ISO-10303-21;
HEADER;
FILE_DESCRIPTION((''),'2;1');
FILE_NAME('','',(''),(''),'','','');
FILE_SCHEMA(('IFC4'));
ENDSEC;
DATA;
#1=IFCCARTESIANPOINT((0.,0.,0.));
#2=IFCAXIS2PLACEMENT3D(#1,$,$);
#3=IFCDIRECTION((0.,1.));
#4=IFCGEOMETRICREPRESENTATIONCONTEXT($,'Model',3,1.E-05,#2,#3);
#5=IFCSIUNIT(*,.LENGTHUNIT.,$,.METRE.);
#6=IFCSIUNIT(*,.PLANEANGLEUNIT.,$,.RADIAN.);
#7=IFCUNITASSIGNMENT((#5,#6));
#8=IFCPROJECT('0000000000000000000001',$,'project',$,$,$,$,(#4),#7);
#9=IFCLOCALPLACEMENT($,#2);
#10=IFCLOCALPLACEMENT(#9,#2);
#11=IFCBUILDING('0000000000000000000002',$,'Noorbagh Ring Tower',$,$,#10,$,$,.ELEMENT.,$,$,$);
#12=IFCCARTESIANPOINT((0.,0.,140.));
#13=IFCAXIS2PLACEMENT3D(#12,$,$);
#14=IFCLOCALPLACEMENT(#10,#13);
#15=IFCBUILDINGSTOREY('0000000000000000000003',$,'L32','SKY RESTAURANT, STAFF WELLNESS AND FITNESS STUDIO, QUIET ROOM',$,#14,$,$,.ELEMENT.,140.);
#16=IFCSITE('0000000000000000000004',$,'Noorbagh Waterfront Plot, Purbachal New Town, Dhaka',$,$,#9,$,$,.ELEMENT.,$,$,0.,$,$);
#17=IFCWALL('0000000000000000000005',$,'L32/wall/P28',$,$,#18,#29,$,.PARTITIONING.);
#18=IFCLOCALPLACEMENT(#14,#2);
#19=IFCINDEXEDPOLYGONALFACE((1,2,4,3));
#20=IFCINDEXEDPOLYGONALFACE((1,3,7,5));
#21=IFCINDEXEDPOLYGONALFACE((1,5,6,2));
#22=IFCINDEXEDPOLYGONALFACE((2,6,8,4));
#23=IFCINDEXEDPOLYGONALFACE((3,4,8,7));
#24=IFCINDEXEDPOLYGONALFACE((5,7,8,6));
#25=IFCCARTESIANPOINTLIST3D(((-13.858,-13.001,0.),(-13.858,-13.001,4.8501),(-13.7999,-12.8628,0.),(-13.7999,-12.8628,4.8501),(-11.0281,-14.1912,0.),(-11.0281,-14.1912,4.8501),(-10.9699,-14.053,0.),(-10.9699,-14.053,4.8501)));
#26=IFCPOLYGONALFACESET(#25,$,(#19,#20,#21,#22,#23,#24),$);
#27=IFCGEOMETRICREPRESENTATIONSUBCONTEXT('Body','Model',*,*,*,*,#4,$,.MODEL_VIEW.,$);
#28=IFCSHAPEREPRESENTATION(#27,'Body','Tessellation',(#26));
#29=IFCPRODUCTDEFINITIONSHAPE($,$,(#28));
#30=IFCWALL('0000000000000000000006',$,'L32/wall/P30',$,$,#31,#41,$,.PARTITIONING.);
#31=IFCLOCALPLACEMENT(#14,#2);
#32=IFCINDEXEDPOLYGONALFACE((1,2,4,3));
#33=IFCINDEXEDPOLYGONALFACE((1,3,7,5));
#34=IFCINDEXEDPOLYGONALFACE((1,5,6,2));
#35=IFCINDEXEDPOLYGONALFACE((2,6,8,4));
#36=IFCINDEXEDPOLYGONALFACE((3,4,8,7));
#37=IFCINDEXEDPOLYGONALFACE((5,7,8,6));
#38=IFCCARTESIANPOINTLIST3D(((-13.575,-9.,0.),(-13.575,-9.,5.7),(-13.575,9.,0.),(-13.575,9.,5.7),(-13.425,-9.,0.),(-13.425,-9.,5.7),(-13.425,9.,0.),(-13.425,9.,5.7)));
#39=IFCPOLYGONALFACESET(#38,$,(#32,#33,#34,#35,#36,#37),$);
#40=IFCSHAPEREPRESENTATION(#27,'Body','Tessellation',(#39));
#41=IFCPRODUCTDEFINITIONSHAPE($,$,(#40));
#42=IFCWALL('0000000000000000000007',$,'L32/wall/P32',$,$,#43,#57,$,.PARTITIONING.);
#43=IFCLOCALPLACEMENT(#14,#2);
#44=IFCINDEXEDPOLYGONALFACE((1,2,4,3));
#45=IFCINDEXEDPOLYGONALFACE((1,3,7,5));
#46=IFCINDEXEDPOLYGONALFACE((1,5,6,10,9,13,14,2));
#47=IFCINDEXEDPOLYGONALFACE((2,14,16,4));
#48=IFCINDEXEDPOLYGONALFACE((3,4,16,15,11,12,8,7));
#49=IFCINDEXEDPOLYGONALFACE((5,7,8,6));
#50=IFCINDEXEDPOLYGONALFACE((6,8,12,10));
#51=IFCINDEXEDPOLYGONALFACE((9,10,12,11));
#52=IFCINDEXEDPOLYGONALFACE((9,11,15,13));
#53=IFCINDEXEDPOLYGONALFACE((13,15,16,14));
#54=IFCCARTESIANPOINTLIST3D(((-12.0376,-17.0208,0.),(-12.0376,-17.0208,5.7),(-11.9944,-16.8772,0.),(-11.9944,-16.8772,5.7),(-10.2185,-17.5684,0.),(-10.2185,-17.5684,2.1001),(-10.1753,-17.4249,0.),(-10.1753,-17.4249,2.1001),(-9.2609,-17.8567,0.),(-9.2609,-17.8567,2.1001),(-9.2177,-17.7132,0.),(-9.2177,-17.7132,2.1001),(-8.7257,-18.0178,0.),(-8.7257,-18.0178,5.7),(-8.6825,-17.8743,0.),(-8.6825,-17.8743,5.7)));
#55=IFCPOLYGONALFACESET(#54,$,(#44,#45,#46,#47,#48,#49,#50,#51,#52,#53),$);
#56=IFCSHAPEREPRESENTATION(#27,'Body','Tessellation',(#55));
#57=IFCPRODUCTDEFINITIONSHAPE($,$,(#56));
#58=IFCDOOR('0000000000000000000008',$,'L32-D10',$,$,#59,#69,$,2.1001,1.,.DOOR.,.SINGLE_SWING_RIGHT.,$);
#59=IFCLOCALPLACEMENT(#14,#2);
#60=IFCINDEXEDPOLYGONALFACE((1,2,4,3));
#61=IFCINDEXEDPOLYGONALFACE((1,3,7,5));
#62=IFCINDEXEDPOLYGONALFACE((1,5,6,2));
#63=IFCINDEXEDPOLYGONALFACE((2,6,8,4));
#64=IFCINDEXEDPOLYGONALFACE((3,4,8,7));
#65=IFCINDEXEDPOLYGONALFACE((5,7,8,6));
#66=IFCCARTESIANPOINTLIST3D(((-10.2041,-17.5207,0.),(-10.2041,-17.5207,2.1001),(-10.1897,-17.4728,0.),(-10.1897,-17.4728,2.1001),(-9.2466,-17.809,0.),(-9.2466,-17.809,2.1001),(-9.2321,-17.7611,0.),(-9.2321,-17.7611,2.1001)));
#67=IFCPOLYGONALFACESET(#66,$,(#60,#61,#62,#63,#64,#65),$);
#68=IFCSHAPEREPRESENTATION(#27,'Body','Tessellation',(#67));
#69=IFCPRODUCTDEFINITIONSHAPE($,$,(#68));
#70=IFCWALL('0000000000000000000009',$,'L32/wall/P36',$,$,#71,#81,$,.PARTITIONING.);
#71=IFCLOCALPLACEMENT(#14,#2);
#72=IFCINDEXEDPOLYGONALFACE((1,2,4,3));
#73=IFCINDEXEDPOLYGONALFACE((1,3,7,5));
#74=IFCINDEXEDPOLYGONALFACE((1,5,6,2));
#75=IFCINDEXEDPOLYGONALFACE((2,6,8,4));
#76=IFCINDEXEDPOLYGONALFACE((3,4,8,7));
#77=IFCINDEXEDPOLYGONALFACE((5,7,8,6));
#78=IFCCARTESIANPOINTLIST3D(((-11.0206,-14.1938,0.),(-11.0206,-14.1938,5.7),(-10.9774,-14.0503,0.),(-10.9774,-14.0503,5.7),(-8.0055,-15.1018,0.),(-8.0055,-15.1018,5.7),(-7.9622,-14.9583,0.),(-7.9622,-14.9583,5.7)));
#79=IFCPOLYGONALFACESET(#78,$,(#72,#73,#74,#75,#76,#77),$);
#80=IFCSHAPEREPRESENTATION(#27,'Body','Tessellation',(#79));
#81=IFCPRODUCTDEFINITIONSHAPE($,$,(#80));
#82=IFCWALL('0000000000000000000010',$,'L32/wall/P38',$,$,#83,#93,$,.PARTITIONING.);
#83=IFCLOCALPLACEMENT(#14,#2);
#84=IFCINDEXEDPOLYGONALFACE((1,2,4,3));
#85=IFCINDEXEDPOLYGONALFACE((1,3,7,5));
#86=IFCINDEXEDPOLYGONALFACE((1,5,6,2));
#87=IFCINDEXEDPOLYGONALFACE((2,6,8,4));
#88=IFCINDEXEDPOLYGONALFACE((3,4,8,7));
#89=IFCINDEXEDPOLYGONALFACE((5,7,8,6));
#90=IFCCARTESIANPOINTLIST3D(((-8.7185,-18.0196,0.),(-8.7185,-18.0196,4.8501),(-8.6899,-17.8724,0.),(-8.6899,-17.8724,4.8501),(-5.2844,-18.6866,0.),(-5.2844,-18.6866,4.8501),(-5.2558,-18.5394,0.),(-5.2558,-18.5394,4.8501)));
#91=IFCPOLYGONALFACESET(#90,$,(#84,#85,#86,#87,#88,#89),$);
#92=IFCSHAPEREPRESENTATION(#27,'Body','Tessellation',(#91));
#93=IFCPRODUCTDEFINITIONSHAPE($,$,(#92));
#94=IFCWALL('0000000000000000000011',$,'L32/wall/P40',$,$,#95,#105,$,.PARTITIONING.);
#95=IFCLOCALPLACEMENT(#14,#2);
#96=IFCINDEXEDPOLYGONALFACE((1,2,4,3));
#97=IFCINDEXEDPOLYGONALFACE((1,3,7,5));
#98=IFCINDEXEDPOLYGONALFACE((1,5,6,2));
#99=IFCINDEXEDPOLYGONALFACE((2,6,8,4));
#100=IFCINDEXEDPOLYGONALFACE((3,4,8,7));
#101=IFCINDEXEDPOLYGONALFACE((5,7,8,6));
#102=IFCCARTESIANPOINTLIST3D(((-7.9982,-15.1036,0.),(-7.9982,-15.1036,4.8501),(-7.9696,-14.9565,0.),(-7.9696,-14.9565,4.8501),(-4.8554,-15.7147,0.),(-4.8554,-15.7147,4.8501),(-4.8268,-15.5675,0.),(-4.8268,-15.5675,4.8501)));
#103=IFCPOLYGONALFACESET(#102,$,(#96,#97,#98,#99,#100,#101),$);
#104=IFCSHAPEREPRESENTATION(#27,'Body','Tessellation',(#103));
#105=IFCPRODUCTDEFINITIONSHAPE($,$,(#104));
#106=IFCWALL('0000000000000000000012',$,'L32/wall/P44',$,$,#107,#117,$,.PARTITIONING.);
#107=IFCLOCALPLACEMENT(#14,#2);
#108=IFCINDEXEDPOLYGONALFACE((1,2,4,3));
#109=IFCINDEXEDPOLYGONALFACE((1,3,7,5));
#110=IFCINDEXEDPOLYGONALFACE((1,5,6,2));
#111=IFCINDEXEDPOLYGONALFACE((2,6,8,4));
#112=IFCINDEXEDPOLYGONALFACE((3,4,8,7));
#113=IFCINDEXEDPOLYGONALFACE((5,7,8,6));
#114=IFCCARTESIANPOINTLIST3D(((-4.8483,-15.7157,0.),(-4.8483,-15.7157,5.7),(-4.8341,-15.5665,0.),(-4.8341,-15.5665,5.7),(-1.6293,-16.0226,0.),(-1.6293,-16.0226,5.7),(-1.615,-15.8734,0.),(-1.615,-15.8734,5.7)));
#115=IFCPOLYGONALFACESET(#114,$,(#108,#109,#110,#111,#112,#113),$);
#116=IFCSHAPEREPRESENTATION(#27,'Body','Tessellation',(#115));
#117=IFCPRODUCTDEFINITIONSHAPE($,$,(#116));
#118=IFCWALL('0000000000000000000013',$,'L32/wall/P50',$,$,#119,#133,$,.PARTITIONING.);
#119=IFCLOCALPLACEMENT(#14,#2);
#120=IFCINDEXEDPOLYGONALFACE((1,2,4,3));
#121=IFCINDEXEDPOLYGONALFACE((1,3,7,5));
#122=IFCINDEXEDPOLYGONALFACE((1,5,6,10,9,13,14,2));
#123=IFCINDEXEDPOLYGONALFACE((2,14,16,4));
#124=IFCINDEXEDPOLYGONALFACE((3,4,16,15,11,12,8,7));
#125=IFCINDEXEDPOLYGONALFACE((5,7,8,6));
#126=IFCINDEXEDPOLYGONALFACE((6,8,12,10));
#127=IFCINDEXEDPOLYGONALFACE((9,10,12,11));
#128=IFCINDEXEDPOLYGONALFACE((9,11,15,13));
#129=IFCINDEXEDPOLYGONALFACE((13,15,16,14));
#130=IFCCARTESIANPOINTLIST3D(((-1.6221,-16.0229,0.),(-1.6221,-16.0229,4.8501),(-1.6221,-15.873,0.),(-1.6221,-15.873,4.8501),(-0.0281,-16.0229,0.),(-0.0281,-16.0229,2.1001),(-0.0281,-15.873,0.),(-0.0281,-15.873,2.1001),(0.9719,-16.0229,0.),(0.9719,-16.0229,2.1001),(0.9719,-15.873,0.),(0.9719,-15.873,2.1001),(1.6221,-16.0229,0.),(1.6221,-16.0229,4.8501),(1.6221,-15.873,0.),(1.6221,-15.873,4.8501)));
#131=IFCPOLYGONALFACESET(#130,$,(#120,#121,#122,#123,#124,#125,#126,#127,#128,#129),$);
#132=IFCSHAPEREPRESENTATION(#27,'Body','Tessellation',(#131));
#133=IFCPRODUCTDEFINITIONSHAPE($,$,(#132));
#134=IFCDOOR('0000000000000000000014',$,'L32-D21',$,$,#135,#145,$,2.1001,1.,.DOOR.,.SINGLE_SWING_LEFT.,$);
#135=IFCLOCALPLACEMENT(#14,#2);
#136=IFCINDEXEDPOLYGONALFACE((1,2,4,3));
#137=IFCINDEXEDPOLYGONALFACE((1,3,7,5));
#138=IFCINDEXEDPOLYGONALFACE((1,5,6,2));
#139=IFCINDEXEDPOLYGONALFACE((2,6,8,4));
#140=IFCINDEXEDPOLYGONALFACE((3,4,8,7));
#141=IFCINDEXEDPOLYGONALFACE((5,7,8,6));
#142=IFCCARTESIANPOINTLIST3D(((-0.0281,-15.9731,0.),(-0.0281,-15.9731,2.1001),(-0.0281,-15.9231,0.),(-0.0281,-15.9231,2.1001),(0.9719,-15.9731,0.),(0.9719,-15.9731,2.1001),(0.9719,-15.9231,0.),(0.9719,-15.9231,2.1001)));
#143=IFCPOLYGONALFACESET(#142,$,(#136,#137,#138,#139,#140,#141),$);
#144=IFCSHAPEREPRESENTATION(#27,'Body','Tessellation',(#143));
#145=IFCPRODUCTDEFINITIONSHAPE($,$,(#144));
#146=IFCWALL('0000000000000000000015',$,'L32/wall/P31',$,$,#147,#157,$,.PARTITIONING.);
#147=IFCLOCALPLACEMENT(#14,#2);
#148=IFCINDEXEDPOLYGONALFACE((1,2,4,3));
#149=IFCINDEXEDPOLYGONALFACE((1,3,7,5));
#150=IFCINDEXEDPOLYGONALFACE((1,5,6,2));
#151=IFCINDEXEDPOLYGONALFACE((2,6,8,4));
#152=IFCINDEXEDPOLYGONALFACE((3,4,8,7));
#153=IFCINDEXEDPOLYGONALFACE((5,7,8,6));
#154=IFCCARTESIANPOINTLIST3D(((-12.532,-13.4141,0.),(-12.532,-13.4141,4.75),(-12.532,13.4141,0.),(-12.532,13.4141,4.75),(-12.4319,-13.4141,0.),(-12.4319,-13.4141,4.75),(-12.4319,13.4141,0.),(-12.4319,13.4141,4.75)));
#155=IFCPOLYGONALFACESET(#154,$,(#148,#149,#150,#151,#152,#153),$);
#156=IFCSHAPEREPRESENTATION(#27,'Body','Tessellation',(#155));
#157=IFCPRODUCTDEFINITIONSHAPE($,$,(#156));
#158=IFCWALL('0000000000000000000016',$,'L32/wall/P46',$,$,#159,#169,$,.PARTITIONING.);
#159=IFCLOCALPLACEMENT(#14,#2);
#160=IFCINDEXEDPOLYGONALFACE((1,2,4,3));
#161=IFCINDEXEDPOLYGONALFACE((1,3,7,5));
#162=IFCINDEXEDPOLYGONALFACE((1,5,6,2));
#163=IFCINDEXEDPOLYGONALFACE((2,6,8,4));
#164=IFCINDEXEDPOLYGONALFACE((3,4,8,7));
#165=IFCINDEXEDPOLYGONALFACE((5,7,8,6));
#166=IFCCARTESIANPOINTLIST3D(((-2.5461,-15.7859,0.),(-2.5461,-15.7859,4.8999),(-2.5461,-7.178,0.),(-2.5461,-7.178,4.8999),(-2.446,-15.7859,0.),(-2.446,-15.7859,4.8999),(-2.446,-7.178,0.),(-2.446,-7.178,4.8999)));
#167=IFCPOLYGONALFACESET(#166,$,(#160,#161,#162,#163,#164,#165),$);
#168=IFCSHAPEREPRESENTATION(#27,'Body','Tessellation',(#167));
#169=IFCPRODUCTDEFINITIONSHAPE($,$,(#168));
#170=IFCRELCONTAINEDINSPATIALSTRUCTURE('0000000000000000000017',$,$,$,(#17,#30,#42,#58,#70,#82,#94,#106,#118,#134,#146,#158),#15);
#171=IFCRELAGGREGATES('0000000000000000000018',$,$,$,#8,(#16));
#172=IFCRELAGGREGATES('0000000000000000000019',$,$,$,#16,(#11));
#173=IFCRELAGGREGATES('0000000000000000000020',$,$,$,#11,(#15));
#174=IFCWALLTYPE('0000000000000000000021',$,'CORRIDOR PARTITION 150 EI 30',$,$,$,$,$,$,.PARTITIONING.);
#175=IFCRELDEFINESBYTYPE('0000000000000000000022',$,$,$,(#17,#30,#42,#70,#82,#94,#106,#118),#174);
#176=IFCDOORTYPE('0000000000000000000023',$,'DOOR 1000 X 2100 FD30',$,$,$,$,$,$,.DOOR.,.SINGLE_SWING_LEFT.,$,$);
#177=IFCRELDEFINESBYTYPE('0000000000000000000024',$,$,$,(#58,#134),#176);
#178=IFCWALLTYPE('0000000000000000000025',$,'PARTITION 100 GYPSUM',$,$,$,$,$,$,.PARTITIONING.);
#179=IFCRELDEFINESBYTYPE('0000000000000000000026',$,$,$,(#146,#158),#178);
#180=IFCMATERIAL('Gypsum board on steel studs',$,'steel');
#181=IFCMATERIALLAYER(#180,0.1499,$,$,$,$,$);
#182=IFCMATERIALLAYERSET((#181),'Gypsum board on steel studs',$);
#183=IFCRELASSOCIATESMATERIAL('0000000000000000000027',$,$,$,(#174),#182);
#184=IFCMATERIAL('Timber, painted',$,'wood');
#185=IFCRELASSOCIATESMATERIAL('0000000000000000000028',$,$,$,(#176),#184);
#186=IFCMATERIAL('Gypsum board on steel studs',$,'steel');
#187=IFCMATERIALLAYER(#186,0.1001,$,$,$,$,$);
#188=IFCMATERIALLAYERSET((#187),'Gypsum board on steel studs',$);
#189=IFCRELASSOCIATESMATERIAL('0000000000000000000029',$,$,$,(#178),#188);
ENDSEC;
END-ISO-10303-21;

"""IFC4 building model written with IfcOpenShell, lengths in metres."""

from ifc_helpers import new_model, si_unit, direction, frame, frame_2d, origin, place, context, subcontext, project, spatial, rectangle, extrude, material, layer, layer_set, type_object, element, fill, save


model = new_model("IFC4")

# Units and contexts
model_context = context("Model", 3, precision=1e-05, world=origin(), true_north=direction((0.0, 1.0)))
body_context = subcontext(model_context, "Body", "Model", "MODEL_VIEW")
ifc_project = project(units=[si_unit("LENGTHUNIT", "METRE"), si_unit("PLANEANGLEUNIT", "RADIAN")], contexts=[model_context])

# Site, building, storey
site_placement = place(None, origin())
site = spatial("IfcSite", under=ifc_project, at=site_placement, Name="Noorbagh Waterfront Plot, Purbachal New Town, Dhaka", CompositionType="ELEMENT", RefElevation=0.0)
building_placement = place(site_placement, origin())
building = spatial("IfcBuilding", under=site, at=building_placement, Name="Noorbagh Ring Tower", CompositionType="ELEMENT")
storey_placement = place(building_placement, frame((0.0, 0.0, 140.0)))
storey = spatial("IfcBuildingStorey", under=building, at=storey_placement, Name="L32", Description="SKY RESTAURANT, STAFF WELLNESS AND FITNESS STUDIO, QUIET ROOM", CompositionType="ELEMENT", Elevation=140.0)

# Walls
ifc_material_1 = material(Name="Gypsum board on steel studs", Category="steel")
ifc_layer_1 = layer(ifc_material_1, 0.1499)
ifc_layer_set_1 = layer_set([ifc_layer_1], Name="Gypsum board on steel studs")
wall_type_1 = type_object("IfcWallType", Name="CORRIDOR PARTITION 150 EI 30", PredefinedType="PARTITIONING", material=ifc_layer_set_1)
wall_1_placement = place(storey_placement, frame((-13.8291, -12.9319, 0.0), z_axis=(0.0, 0.0, 1.0), x_axis=(0.921801, -0.387662, 0.0)))
element("IfcWall", 1, at=wall_1_placement, inside=storey, type_object=wall_type_1, Name="L32/wall/P28", PredefinedType="PARTITIONING", context=body_context, shape_type="SweptSolid", body=[
    extrude(rectangle(XDim=3.0701, YDim=0.1499, at=frame_2d((1.5352, 0.0))), origin(), (0.0, 0.0, 1.0), 4.8501),
])
wall_2_placement = place(storey_placement, frame((-13.5, -9.0, 0.0), z_axis=(0.0, 0.0, 1.0), x_axis=(0.0, 1.0, 0.0)))
element("IfcWall", 2, at=wall_2_placement, inside=storey, type_object=wall_type_1, Name="L32/wall/P30", PredefinedType="PARTITIONING", context=body_context, shape_type="SweptSolid", body=[
    extrude(rectangle(XDim=18.0, YDim=0.1499, at=frame_2d((9.0, 0.0))), origin(), (0.0, 0.0, 1.0), 5.7),
])

# Wall, opening, door
wall_3_placement = place(storey_placement, frame((-12.0161, -16.949, 0.0), z_axis=(0.0, 0.0, 1.0), x_axis=(0.95755, -0.288267, 0.0)))
wall_3 = element("IfcWall", 3, at=wall_3_placement, inside=storey, type_object=wall_type_1, Name="L32/wall/P32", PredefinedType="PARTITIONING", context=body_context, shape_type="SweptSolid", body=[
    extrude(rectangle(XDim=3.4587, YDim=0.1499, at=frame_2d((1.7295, 0.0))), origin(), (0.0, 0.0, 1.0), 5.7),
])
opening_1_placement = place(wall_3_placement, frame((1.8999, 0.0, 0.0)))
opening_1 = element("IfcOpeningElement", 4, at=opening_1_placement, cuts=wall_3, PredefinedType="OPENING", context=body_context, shape_type="SweptSolid", body=[
    extrude(rectangle(XDim=1.0, YDim=2.1001, at=frame_2d((0.5, 1.05))), frame((0.0, 0.085, 0.0), z_axis=(0.0, -1.0, 0.0), x_axis=(1.0, 0.0, 0.0)), (0.0, 0.0, 1.0), 0.1699),
])
ifc_material_2 = material(Name="Timber, painted", Category="wood")
door_type = type_object("IfcDoorType", Name="DOOR 1000 X 2100 FD30", OperationType="SINGLE_SWING_LEFT", PredefinedType="DOOR", material=ifc_material_2)
door_1_placement = place(opening_1_placement, origin())
door_1 = element("IfcDoor", 5, at=door_1_placement, inside=storey, type_object=door_type, Name="L32-D10", OperationType="SINGLE_SWING_RIGHT", OverallHeight=2.1001, OverallWidth=1.0, PredefinedType="DOOR", context=body_context, shape_type="SweptSolid", body=[
    extrude(rectangle(XDim=1.0, YDim=2.1001, at=frame_2d((0.5, 1.05))), frame((0.0, 0.0249, 0.0), z_axis=(0.0, -1.0, 0.0), x_axis=(1.0, 0.0, 0.0)), (0.0, 0.0, 1.0), 0.05),
])
fill(opening_1, door_1)

# Walls
wall_4_placement = place(storey_placement, frame((-10.999, -14.1221, 0.0), z_axis=(0.0, 0.0, 1.0), x_axis=(0.957527, -0.288344, 0.0)))
element("IfcWall", 6, at=wall_4_placement, inside=storey, type_object=wall_type_1, Name="L32/wall/P36", PredefinedType="PARTITIONING", context=body_context, shape_type="SweptSolid", body=[
    extrude(rectangle(XDim=3.1489, YDim=0.1499, at=frame_2d((1.5745, 0.0))), origin(), (0.0, 0.0, 1.0), 5.7),
])
wall_5_placement = place(storey_placement, frame((-8.7041, -17.946, 0.0), z_axis=(0.0, 0.0, 1.0), x_axis=(0.981655, -0.190664, 0.0)))
element("IfcWall", 7, at=wall_5_placement, inside=storey, type_object=wall_type_1, Name="L32/wall/P38", PredefinedType="PARTITIONING", context=body_context, shape_type="SweptSolid", body=[
    extrude(rectangle(XDim=3.4983, YDim=0.1499, at=frame_2d((1.749, 0.0))), origin(), (0.0, 0.0, 1.0), 4.8501),
])
wall_6_placement = place(storey_placement, frame((-7.9839, -15.03, 0.0), z_axis=(0.0, 0.0, 1.0), x_axis=(0.981617, -0.190864, 0.0)))
element("IfcWall", 8, at=wall_6_placement, inside=storey, type_object=wall_type_1, Name="L32/wall/P40", PredefinedType="PARTITIONING", context=body_context, shape_type="SweptSolid", body=[
    extrude(rectangle(XDim=3.2017, YDim=0.1499, at=frame_2d((1.6008, 0.0))), origin(), (0.0, 0.0, 1.0), 4.8501),
])
wall_7_placement = place(storey_placement, frame((-4.8411, -15.6411, 0.0), z_axis=(0.0, 0.0, 1.0), x_axis=(0.995486, -0.094905, 0.0)))
element("IfcWall", 9, at=wall_7_placement, inside=storey, type_object=wall_type_1, Name="L32/wall/P44", PredefinedType="PARTITIONING", context=body_context, shape_type="SweptSolid", body=[
    extrude(rectangle(XDim=3.2336, YDim=0.1499, at=frame_2d((1.6167, 0.0))), origin(), (0.0, 0.0, 1.0), 5.7),
])

# Wall, opening, door
wall_8_placement = place(storey_placement, frame((-1.6221, -15.948, 0.0), z_axis=(0.0, 0.0, 1.0), x_axis=(1.0, 0.0, 0.0)))
wall_8 = element("IfcWall", 10, at=wall_8_placement, inside=storey, type_object=wall_type_1, Name="L32/wall/P50", PredefinedType="PARTITIONING", context=body_context, shape_type="SweptSolid", body=[
    extrude(rectangle(XDim=3.2441, YDim=0.1499, at=frame_2d((1.6221, 0.0))), origin(), (0.0, 0.0, 1.0), 4.8501),
])
opening_2_placement = place(wall_8_placement, frame((1.594, 0.0, 0.0)))
opening_2 = element("IfcOpeningElement", 11, at=opening_2_placement, cuts=wall_8, PredefinedType="OPENING", context=body_context, shape_type="SweptSolid", body=[
    extrude(rectangle(XDim=1.0, YDim=2.1001, at=frame_2d((0.5, 1.05))), frame((0.0, 0.085, 0.0), z_axis=(0.0, -1.0, 0.0), x_axis=(1.0, 0.0, 0.0)), (0.0, 0.0, 1.0), 0.1699),
])
door_2_placement = place(opening_2_placement, origin())
door_2 = element("IfcDoor", 12, at=door_2_placement, inside=storey, type_object=door_type, Name="L32-D21", OperationType="SINGLE_SWING_LEFT", OverallHeight=2.1001, OverallWidth=1.0, PredefinedType="DOOR", context=body_context, shape_type="SweptSolid", body=[
    extrude(rectangle(XDim=1.0, YDim=2.1001, at=frame_2d((0.5, 1.05))), frame((0.0, 0.0249, 0.0), z_axis=(0.0, -1.0, 0.0), x_axis=(1.0, 0.0, 0.0)), (0.0, 0.0, 1.0), 0.05),
])
fill(opening_2, door_2)

# Walls
ifc_material_3 = material(Name="Gypsum board on steel studs", Category="steel")
ifc_layer_2 = layer(ifc_material_3, 0.1001)
ifc_layer_set_2 = layer_set([ifc_layer_2], Name="Gypsum board on steel studs")
wall_type_2 = type_object("IfcWallType", Name="PARTITION 100 GYPSUM", PredefinedType="PARTITIONING", material=ifc_layer_set_2)
wall_9_placement = place(storey_placement, frame((-12.4819, -13.4141, 0.0), z_axis=(0.0, 0.0, 1.0), x_axis=(0.0, 1.0, 0.0)))
element("IfcWall", 13, at=wall_9_placement, inside=storey, type_object=wall_type_2, Name="L32/wall/P31", PredefinedType="PARTITIONING", context=body_context, shape_type="SweptSolid", body=[
    extrude(rectangle(XDim=26.8281, YDim=0.1001, at=frame_2d((13.4141, 0.0))), origin(), (0.0, 0.0, 1.0), 4.75),
])
wall_10_placement = place(storey_placement, frame((-2.4961, -15.7859, 0.0), z_axis=(0.0, 0.0, 1.0), x_axis=(0.0, 1.0, 0.0)))
element("IfcWall", 14, at=wall_10_placement, inside=storey, type_object=wall_type_2, Name="L32/wall/P46", PredefinedType="PARTITIONING", context=body_context, shape_type="SweptSolid", body=[
    extrude(rectangle(XDim=8.6079, YDim=0.1001, at=frame_2d((4.304, 0.0))), origin(), (0.0, 0.0, 1.0), 4.8999),
])

save(model, "model.ifc")
